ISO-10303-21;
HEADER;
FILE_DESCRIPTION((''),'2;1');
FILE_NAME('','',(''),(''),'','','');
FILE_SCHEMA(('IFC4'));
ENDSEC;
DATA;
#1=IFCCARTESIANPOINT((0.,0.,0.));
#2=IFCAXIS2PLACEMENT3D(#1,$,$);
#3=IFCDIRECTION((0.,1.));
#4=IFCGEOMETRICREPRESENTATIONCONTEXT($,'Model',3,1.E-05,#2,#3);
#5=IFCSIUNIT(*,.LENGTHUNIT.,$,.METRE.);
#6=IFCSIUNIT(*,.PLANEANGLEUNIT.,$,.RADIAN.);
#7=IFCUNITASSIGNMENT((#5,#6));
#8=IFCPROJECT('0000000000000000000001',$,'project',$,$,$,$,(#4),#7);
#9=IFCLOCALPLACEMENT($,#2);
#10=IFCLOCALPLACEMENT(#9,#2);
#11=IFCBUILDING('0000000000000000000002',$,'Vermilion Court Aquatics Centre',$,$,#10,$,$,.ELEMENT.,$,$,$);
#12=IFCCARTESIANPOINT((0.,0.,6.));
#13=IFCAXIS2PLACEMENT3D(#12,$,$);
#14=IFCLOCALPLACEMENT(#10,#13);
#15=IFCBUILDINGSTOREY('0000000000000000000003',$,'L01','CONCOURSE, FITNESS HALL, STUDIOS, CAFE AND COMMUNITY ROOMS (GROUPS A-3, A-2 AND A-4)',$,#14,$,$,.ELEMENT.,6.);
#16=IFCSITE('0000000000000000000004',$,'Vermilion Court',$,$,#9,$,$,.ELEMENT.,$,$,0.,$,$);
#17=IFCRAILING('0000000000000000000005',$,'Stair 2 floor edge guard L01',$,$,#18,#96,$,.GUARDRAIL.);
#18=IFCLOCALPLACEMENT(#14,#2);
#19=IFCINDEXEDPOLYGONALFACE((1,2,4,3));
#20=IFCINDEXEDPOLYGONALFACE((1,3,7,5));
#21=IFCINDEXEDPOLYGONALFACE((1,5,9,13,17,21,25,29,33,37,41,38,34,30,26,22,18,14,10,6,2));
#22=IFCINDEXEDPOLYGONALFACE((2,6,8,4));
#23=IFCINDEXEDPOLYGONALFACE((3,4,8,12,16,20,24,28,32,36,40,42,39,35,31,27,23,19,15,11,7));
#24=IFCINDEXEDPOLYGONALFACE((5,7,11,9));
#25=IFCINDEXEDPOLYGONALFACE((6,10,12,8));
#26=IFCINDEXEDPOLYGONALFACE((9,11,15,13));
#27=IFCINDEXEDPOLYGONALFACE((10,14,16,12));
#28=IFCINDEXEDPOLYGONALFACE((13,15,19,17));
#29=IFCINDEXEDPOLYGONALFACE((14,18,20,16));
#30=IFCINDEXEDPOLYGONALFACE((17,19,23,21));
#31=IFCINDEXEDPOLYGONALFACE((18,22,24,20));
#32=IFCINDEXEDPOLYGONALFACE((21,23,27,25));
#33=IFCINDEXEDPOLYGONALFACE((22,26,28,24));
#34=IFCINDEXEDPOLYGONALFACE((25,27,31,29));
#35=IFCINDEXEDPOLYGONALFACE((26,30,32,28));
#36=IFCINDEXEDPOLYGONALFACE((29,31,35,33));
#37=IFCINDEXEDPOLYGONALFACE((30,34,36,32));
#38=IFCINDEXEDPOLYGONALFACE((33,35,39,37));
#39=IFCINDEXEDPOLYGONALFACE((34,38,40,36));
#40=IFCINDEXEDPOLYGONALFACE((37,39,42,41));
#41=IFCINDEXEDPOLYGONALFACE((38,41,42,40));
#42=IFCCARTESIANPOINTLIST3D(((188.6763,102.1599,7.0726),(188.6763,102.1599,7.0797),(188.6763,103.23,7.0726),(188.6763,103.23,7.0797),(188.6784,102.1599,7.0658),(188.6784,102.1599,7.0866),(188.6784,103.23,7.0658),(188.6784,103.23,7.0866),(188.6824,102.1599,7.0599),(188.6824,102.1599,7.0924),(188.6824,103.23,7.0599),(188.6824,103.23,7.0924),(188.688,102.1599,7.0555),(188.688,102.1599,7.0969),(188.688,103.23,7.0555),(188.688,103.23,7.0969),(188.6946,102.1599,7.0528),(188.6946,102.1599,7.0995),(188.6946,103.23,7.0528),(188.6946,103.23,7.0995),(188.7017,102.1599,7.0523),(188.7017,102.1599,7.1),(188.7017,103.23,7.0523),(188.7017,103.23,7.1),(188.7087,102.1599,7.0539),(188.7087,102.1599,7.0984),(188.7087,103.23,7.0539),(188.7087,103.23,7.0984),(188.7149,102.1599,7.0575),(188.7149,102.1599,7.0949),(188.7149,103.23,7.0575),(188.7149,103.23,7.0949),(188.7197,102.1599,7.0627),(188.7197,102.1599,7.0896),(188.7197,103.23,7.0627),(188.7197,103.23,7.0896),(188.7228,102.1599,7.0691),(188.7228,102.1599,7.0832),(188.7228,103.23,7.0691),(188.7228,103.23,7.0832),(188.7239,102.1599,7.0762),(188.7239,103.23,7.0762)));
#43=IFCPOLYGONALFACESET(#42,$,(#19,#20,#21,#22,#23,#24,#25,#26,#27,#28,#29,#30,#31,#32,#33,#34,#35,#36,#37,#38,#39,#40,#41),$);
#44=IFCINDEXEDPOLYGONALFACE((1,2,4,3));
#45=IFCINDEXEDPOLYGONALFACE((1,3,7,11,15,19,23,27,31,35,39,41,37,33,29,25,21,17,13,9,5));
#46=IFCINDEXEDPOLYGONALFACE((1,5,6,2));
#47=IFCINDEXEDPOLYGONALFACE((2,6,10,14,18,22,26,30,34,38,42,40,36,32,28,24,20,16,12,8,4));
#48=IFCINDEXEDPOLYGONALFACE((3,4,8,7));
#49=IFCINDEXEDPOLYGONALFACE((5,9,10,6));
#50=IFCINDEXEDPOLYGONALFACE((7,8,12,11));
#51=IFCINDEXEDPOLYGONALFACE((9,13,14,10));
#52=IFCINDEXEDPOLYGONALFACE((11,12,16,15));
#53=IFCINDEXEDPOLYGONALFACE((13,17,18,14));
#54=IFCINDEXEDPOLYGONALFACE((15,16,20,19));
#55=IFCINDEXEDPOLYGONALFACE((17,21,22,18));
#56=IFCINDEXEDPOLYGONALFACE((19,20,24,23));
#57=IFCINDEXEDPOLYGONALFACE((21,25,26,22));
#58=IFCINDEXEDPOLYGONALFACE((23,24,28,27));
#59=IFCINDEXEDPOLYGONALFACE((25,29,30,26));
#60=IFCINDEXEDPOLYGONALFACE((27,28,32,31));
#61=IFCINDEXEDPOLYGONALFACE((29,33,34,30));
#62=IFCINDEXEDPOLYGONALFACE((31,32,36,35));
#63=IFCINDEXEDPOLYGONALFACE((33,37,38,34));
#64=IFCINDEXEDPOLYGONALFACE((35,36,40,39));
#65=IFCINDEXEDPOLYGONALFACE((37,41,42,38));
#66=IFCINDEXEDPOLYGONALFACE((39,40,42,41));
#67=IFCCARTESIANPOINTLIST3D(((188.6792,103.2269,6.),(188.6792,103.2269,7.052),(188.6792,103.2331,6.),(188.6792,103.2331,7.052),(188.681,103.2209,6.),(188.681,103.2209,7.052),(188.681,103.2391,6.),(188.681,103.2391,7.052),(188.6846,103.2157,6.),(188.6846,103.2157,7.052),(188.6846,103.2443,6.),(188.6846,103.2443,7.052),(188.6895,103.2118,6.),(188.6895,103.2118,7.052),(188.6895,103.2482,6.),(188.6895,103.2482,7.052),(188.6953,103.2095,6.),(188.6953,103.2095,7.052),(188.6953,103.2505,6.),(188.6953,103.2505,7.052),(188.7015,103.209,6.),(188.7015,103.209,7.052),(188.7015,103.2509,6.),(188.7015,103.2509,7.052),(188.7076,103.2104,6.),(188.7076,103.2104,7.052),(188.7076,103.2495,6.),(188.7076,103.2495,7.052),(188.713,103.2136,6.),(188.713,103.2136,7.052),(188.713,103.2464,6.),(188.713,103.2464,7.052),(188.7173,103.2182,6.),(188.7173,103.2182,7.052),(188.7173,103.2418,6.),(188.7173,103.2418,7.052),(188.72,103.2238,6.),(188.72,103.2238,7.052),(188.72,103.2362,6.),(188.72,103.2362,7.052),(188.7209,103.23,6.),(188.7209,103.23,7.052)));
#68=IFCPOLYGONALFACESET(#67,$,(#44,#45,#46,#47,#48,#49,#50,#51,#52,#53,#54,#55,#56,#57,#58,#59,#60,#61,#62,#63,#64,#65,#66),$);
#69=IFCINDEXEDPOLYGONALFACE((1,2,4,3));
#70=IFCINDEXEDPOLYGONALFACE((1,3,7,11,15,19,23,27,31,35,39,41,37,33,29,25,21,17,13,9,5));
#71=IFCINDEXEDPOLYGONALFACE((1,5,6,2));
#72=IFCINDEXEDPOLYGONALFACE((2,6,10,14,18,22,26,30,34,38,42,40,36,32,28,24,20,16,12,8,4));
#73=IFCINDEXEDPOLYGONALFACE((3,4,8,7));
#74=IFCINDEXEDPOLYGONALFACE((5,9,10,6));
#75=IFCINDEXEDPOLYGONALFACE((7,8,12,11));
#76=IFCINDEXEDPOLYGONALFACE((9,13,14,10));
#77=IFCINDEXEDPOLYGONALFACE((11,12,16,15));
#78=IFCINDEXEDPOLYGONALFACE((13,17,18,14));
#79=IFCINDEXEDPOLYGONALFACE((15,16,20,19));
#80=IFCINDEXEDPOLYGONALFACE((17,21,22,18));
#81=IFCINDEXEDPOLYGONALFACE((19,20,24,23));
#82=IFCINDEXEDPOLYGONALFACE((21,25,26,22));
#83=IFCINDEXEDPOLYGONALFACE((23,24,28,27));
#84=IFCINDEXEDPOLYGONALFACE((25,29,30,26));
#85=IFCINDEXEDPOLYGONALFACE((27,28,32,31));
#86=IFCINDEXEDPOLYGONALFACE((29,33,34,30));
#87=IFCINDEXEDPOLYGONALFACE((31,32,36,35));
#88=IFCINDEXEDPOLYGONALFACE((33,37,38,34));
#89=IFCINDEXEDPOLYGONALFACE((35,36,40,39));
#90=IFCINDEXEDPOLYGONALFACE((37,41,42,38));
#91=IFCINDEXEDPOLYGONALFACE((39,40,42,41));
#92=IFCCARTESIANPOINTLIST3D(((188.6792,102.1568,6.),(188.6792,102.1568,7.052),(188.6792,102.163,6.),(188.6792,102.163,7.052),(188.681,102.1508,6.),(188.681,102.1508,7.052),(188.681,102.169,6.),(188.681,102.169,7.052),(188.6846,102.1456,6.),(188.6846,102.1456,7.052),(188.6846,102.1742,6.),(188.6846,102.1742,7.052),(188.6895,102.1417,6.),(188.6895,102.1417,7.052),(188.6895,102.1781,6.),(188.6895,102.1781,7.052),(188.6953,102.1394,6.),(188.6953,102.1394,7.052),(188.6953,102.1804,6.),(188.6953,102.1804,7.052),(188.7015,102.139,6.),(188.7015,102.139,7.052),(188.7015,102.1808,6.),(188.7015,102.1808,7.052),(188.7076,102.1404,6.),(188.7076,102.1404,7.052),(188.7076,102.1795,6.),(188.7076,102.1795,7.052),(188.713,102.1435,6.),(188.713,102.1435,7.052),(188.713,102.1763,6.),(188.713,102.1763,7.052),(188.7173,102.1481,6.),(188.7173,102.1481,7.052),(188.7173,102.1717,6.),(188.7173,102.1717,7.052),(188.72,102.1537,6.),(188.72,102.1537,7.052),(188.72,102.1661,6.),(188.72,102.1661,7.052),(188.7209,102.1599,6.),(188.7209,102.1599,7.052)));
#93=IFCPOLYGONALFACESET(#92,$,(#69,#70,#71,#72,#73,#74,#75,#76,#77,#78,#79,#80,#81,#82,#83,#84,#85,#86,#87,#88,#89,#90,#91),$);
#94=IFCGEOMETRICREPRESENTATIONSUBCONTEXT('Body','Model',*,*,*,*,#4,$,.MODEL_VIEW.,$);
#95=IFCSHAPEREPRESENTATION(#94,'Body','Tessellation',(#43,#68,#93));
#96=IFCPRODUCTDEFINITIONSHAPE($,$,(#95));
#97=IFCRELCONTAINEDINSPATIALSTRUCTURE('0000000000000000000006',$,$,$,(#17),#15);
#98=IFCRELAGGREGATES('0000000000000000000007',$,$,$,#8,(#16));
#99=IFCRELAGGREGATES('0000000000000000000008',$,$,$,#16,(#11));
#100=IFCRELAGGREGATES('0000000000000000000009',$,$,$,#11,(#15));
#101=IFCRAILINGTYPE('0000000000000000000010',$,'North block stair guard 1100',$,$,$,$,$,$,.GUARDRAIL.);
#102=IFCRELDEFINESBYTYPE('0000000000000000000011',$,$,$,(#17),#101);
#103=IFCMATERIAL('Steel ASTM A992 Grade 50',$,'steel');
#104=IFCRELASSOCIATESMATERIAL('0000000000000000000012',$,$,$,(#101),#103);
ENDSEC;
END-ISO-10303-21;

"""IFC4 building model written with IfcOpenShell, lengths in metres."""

from ifc_helpers import new_model, si_unit, direction, frame, origin, origin_2d, place, context, subcontext, project, spatial, circle, extrude, material, type_object, element, save


model = new_model("IFC4")

# Units and contexts
model_context = context("Model", 3, precision=1e-05, world=origin(), true_north=direction((0.0, 1.0)))
body_context = subcontext(model_context, "Body", "Model", "MODEL_VIEW")
ifc_project = project(units=[si_unit("LENGTHUNIT", "METRE"), si_unit("PLANEANGLEUNIT", "RADIAN")], contexts=[model_context])

# Site, building, storey
site_placement = place(None, origin())
site = spatial("IfcSite", under=ifc_project, at=site_placement, Name="Vermilion Court", CompositionType="ELEMENT", RefElevation=0.0)
building_placement = place(site_placement, origin())
building = spatial("IfcBuilding", under=site, at=building_placement, Name="Vermilion Court Aquatics Centre", CompositionType="ELEMENT")
storey_placement = place(building_placement, frame((0.0, 0.0, 6.0)))
storey = spatial("IfcBuildingStorey", under=building, at=storey_placement, Name="L01", Description="CONCOURSE, FITNESS HALL, STUDIOS, CAFE AND COMMUNITY ROOMS (GROUPS A-3, A-2 AND A-4)", CompositionType="ELEMENT", Elevation=6.0)

# Railing
ifc_material_1 = material(Name="Steel ASTM A992 Grade 50", Category="steel")
railing_type_1 = type_object("IfcRailingType", Name="North block stair guard 1100", PredefinedType="GUARDRAIL", material=ifc_material_1)
railing_1_placement = place(storey_placement, frame((188.7, 103.23, 6.0)))
element("IfcRailing", 1, at=railing_1_placement, inside=storey, type_object=railing_type_1, Name="Stair 2 floor edge guard L01", PredefinedType="GUARDRAIL", context=body_context, shape_type="SweptSolid", body=[
    extrude(circle(Radius=0.0239, at=origin_2d()), frame((0.0, 0.0, 1.0762), z_axis=(0.0, -1.0, 0.0), x_axis=(1.0, 0.0, 0.0)), (0.0, 0.0, 1.0), 1.0701),
    extrude(circle(Radius=0.021, at=origin_2d()), origin(), (0.0, 0.0, 1.0), 1.052),
    extrude(circle(Radius=0.021, at=origin_2d()), frame((0.0, -1.0701, 0.0)), (0.0, 0.0, 1.0), 1.052),
])

save(model, "model.ifc")
